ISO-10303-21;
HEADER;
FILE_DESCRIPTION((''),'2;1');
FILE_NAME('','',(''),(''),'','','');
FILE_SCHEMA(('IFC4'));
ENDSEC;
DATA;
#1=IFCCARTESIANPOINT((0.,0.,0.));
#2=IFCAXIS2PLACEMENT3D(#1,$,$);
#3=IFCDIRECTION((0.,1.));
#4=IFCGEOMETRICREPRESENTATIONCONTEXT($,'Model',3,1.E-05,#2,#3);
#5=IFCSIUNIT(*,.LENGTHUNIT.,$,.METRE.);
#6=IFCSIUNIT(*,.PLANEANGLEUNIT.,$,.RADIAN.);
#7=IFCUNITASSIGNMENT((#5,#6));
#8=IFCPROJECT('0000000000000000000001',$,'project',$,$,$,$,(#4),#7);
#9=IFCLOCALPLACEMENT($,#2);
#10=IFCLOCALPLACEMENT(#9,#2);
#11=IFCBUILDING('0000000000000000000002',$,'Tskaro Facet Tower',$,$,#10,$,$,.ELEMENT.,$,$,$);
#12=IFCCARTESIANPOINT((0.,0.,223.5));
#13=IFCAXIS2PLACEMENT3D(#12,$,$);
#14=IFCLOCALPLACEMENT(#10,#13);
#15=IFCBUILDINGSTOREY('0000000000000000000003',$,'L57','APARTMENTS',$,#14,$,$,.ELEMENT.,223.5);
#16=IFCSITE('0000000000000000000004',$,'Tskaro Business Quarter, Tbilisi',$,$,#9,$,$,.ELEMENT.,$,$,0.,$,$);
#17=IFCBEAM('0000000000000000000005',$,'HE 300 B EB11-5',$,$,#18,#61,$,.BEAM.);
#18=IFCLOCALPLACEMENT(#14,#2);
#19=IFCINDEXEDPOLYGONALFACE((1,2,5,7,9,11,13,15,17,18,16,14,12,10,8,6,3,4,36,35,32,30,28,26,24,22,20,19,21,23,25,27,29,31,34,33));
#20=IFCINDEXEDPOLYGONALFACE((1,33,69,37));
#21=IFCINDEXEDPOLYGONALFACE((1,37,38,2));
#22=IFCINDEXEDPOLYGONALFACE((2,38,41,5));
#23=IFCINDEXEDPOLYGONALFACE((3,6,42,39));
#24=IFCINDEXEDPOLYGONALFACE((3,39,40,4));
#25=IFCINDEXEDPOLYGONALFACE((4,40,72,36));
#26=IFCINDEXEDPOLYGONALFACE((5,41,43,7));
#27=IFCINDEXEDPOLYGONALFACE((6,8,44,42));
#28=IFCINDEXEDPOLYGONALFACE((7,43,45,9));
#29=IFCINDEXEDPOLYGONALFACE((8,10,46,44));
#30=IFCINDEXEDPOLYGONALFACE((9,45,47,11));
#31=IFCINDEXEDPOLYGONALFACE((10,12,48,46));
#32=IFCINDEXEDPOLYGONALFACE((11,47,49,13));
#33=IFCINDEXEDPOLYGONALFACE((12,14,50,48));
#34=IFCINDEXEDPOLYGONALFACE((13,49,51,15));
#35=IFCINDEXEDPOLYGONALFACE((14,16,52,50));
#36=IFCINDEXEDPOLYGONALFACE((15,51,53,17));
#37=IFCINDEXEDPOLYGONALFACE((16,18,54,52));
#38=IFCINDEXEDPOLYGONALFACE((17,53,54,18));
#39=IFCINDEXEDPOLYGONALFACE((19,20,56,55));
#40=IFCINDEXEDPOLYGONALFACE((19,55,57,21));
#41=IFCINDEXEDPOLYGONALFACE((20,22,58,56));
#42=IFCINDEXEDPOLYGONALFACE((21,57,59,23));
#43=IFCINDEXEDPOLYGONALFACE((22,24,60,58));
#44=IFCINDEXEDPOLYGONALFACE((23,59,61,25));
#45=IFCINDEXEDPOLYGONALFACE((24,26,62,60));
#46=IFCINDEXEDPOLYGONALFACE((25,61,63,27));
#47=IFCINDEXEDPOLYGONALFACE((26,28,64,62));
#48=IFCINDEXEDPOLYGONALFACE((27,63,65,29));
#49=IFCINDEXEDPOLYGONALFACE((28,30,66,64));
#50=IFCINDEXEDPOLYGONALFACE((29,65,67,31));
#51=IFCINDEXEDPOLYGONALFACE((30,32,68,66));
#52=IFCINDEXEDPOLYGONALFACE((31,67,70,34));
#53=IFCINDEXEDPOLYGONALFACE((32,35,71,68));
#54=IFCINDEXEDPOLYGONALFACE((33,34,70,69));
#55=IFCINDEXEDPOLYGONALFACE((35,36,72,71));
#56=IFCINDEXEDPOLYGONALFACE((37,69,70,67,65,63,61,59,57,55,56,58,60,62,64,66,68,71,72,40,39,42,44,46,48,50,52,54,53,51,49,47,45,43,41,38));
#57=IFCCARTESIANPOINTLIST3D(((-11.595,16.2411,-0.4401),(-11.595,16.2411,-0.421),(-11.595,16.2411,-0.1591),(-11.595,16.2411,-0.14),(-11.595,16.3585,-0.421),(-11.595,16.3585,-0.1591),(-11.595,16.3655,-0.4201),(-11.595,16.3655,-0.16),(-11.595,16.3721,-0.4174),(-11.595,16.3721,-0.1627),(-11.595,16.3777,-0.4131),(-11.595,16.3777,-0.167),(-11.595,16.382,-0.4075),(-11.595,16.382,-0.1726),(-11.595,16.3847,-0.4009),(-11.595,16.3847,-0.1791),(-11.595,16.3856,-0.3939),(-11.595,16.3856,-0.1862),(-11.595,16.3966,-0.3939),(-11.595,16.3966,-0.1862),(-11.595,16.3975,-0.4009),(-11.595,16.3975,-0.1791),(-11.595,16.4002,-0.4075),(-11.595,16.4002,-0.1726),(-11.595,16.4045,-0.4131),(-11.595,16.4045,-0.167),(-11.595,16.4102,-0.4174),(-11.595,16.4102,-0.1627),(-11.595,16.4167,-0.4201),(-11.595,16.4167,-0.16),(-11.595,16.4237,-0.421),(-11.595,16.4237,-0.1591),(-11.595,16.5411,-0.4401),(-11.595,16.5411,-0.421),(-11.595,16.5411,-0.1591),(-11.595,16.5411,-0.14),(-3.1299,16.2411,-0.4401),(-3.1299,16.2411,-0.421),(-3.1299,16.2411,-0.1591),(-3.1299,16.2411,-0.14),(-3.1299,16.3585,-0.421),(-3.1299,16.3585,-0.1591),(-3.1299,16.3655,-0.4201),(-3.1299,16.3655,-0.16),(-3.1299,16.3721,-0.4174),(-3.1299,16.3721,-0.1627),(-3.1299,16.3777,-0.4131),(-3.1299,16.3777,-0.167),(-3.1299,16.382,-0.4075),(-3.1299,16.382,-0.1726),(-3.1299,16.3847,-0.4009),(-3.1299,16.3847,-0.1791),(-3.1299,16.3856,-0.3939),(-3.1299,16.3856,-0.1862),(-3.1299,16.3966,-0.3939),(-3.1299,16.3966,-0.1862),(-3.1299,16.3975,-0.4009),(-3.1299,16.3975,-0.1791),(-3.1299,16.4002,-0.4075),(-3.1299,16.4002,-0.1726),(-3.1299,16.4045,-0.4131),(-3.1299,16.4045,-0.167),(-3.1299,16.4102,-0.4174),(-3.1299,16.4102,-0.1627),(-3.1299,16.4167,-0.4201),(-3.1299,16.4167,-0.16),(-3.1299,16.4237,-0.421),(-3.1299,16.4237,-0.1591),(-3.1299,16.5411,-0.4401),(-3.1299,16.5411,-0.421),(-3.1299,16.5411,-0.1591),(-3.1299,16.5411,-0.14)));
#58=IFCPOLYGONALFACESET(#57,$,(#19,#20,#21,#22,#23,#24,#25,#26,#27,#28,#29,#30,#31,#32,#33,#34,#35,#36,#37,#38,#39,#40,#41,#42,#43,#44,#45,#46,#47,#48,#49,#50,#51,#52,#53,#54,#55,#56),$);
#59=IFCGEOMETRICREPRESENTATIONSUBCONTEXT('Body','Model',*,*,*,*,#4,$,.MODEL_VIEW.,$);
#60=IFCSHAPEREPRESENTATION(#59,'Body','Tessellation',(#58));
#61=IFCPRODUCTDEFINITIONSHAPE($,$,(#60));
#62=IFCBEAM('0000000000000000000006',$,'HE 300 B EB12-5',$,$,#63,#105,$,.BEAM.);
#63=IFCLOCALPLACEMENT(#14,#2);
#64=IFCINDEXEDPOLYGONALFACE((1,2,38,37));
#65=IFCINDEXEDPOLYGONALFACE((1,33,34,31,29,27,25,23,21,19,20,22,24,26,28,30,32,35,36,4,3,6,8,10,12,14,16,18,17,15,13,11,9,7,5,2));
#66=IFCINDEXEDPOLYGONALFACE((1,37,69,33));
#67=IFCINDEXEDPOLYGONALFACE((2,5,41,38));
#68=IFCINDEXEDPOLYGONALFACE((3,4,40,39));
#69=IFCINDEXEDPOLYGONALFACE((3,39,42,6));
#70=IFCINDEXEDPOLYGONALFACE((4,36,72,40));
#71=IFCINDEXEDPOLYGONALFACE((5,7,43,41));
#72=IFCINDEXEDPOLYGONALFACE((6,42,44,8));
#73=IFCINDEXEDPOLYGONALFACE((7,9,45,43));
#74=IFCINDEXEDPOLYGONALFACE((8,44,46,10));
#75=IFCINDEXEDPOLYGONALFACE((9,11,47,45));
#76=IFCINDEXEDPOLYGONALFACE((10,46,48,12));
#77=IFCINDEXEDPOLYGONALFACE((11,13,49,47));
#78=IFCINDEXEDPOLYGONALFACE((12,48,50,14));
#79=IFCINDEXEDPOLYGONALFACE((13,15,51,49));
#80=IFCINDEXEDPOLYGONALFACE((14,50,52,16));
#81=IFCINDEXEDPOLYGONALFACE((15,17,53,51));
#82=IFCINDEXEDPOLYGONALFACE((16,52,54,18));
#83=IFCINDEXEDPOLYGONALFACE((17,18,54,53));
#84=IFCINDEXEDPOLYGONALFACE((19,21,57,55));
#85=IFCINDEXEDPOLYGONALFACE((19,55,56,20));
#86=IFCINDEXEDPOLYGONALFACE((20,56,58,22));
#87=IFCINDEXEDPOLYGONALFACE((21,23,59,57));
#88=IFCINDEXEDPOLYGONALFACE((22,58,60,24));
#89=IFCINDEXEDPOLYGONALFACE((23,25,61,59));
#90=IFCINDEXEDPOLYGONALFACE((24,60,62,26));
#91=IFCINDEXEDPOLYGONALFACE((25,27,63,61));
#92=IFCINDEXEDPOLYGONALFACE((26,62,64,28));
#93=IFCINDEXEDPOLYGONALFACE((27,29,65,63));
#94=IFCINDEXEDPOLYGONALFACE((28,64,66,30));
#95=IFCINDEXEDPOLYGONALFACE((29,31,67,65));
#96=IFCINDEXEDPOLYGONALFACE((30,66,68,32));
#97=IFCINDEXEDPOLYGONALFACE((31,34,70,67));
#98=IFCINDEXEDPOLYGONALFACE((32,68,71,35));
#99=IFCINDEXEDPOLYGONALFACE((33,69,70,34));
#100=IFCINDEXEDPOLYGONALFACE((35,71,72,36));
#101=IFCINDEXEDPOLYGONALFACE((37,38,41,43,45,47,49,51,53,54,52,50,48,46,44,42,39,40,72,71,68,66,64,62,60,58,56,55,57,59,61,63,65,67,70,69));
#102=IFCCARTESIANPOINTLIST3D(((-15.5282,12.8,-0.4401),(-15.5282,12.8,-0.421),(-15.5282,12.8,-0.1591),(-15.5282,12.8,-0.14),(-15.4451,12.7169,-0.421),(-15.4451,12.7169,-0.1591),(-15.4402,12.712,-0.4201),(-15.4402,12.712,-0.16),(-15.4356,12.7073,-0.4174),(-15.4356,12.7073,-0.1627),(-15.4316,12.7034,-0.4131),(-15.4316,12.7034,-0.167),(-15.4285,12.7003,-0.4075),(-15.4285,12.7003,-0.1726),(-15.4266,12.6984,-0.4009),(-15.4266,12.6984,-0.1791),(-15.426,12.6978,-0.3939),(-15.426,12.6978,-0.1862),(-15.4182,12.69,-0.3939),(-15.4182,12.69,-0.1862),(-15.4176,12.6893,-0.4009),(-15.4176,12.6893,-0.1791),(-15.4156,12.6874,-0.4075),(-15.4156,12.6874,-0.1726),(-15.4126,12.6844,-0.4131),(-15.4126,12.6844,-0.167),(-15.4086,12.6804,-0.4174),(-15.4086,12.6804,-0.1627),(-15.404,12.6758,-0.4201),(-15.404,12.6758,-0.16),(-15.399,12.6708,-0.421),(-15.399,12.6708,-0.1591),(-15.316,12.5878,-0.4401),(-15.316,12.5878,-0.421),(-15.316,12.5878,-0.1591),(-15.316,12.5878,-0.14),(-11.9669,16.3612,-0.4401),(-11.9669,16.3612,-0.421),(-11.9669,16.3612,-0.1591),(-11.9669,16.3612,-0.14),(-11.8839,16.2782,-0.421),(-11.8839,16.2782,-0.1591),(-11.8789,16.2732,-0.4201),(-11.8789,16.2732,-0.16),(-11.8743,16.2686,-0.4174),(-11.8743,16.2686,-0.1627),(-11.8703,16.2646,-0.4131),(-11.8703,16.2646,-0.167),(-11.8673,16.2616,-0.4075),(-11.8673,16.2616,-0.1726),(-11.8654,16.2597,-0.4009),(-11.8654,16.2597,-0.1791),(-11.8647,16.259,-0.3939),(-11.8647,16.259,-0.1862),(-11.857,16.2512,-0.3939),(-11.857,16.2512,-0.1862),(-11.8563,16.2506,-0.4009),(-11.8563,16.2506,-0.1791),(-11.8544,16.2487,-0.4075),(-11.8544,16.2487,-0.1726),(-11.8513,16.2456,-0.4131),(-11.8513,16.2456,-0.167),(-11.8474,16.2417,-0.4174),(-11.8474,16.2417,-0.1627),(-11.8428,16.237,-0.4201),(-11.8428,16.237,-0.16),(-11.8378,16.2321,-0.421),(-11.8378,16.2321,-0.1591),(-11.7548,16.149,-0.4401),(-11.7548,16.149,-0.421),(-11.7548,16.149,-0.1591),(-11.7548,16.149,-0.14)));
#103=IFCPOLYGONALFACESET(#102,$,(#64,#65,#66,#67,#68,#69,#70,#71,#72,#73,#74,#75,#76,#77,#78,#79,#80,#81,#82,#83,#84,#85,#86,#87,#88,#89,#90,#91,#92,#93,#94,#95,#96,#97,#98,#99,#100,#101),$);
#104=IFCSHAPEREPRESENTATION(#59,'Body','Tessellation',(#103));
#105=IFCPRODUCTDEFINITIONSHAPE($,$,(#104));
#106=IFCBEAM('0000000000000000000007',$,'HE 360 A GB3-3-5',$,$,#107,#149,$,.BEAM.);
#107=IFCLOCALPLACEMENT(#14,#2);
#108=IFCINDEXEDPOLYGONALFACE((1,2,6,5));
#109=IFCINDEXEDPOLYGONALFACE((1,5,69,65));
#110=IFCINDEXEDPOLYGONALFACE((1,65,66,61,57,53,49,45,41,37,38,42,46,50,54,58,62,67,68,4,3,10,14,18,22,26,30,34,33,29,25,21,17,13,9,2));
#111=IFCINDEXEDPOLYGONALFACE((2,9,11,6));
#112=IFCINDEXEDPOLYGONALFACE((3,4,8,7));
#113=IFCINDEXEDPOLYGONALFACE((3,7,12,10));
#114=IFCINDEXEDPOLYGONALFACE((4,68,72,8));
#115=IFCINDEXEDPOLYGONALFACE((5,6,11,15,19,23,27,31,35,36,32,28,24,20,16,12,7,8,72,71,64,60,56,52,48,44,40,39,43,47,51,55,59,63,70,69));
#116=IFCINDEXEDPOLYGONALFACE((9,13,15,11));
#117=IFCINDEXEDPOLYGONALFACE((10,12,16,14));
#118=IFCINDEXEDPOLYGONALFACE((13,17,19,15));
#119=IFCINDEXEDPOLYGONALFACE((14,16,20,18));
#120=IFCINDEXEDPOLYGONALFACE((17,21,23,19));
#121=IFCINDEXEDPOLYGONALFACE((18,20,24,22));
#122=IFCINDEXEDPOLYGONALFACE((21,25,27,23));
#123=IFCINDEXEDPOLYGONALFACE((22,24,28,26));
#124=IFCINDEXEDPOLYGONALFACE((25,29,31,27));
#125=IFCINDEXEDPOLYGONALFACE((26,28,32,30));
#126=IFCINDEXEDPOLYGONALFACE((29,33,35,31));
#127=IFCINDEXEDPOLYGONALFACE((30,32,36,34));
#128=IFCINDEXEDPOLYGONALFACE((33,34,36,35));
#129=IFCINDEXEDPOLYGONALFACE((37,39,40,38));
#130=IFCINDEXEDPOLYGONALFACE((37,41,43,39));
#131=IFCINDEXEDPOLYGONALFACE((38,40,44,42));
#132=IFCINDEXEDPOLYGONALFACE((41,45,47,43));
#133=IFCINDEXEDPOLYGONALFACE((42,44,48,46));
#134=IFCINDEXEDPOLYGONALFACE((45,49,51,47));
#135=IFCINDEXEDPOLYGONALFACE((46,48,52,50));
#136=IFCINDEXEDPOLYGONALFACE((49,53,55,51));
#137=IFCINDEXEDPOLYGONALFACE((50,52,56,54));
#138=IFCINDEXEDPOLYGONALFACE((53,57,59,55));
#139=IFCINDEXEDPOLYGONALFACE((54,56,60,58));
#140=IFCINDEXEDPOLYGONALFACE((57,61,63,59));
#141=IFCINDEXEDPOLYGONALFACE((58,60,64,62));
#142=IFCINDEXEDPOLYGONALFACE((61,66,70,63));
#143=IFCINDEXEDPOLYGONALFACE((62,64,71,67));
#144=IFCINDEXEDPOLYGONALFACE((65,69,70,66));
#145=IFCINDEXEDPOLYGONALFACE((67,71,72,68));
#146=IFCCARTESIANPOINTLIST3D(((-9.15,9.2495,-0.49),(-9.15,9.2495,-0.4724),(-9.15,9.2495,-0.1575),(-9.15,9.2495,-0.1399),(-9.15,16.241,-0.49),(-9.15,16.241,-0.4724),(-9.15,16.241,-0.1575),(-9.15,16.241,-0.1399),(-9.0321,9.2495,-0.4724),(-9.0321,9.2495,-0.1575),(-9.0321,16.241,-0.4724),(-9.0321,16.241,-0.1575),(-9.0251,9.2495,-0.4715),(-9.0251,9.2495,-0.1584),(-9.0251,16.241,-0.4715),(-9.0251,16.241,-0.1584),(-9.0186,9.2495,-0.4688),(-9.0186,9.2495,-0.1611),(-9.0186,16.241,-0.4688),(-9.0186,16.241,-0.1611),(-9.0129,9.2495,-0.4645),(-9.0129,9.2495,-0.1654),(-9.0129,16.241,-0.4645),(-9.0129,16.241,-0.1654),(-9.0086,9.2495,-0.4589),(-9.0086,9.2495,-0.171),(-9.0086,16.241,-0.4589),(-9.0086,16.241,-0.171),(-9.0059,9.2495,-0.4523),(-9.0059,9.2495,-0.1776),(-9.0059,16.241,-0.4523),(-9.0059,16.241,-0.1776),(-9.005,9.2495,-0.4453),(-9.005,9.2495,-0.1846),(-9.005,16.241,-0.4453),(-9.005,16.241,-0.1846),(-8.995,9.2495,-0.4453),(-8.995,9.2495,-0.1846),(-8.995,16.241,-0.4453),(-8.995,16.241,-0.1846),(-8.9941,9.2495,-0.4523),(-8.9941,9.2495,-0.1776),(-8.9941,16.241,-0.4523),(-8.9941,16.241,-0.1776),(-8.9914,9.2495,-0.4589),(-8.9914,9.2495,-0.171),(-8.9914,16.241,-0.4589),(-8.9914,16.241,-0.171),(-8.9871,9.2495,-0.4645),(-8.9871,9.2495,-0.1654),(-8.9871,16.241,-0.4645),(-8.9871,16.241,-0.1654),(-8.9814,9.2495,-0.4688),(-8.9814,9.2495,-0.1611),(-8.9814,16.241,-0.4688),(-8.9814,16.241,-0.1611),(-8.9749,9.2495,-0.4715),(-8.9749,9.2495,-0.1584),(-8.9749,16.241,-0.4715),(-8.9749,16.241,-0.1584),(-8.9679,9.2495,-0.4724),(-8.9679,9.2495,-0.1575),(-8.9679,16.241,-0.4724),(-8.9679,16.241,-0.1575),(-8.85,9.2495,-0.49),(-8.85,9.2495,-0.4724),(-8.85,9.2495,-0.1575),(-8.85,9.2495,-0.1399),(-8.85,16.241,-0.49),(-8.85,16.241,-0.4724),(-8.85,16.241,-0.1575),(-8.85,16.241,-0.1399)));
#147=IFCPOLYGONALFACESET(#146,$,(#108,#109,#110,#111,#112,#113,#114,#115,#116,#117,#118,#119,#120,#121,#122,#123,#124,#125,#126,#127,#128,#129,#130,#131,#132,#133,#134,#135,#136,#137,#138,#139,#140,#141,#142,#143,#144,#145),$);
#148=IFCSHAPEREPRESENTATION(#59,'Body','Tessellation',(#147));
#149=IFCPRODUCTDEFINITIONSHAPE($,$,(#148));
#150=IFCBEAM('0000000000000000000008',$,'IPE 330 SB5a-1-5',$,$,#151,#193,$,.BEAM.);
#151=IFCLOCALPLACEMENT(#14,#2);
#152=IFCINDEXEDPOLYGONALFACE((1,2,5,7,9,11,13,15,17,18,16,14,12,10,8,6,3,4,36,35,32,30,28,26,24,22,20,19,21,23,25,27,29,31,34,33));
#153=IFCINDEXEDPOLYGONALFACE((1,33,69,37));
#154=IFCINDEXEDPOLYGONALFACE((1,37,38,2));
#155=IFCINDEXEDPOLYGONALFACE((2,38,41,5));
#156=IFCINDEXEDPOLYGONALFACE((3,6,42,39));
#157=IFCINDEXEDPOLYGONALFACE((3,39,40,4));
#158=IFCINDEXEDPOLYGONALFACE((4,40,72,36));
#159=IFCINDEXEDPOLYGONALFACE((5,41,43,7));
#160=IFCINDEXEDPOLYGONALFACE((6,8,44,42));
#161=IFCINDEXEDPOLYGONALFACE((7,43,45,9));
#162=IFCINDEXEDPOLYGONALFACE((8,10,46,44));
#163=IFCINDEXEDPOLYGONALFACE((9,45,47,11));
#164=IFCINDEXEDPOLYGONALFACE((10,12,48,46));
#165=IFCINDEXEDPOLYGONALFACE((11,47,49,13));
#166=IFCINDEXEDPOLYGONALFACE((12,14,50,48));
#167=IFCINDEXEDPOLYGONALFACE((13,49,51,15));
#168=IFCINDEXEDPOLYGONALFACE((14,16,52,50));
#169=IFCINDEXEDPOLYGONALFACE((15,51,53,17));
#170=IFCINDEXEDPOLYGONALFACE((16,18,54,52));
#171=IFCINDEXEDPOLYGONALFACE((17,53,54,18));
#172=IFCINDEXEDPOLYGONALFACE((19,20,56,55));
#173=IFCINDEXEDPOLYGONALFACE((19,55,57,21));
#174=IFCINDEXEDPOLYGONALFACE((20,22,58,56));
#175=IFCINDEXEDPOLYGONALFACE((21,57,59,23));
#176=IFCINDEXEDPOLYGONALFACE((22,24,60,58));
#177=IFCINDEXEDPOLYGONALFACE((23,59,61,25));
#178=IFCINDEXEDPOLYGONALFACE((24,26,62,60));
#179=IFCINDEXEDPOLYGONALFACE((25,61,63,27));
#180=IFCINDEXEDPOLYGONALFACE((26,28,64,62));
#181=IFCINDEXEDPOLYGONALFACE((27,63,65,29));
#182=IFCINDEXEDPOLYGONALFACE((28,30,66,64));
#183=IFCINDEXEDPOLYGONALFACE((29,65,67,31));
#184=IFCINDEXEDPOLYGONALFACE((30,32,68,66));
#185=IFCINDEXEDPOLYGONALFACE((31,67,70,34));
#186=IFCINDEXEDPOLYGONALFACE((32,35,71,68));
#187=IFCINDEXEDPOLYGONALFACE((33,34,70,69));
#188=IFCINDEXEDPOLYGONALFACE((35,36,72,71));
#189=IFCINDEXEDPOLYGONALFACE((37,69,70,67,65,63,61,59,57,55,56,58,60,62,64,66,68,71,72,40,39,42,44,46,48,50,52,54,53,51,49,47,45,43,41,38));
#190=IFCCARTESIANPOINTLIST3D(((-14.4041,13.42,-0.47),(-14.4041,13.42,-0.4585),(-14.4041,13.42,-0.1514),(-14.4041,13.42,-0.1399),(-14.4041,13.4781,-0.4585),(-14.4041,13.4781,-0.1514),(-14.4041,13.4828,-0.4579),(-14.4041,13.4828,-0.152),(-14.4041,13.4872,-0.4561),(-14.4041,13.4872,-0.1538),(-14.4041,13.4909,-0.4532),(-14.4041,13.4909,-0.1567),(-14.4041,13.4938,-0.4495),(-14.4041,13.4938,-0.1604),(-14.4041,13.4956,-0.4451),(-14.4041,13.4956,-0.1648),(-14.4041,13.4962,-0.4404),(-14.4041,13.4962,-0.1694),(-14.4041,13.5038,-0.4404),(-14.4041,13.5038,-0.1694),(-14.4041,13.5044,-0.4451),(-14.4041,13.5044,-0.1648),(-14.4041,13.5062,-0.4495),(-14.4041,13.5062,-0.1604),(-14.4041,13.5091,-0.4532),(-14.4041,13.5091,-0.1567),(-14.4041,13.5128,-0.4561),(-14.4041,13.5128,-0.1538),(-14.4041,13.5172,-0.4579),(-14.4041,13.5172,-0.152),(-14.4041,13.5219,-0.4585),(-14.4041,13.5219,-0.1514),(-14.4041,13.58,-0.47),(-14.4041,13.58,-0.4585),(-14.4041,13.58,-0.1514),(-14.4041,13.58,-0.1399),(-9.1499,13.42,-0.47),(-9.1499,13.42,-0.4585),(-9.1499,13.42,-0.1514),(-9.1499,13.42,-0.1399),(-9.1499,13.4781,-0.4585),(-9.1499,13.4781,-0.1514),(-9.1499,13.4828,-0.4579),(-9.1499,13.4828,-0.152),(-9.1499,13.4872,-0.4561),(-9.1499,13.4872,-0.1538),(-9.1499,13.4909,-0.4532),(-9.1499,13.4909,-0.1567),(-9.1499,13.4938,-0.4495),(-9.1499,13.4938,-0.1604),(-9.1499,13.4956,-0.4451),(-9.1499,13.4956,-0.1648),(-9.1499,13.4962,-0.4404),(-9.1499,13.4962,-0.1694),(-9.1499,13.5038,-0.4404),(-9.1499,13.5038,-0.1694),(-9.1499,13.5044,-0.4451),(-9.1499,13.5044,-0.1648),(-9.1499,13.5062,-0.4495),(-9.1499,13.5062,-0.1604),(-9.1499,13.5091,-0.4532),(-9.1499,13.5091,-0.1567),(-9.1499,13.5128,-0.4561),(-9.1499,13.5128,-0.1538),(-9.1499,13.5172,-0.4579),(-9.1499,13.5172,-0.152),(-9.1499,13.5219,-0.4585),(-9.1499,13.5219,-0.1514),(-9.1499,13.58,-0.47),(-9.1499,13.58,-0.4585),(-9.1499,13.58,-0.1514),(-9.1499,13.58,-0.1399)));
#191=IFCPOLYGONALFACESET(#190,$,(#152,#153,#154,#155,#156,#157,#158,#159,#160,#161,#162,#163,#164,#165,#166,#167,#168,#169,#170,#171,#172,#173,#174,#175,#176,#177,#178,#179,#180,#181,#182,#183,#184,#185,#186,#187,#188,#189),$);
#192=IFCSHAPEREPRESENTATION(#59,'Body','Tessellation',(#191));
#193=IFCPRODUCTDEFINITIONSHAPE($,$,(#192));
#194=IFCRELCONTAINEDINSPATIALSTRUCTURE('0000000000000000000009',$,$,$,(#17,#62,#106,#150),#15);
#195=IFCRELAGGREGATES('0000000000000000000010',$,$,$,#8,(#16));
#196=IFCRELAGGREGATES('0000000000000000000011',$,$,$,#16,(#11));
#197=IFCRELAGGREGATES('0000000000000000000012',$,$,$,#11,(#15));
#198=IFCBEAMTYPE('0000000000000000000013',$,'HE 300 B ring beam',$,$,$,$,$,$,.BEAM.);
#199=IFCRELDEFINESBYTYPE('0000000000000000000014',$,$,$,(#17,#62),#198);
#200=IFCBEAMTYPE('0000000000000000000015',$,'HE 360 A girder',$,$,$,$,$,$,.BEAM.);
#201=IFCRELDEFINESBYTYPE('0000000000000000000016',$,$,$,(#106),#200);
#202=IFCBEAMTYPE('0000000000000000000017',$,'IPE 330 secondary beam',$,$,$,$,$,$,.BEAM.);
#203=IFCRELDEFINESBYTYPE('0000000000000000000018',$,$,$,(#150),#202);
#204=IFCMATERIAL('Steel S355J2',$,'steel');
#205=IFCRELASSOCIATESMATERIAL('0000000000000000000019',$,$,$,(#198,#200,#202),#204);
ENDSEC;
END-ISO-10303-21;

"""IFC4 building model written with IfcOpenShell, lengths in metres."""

from ifc_helpers import new_model, si_unit, direction, frame, origin, origin_2d, place, context, subcontext, project, spatial, i_section, extrude, material, material_profile, profile_set, type_object, element, save


model = new_model("IFC4")

# Units and contexts
model_context = context("Model", 3, precision=1e-05, world=origin(), true_north=direction((0.0, 1.0)))
body_context = subcontext(model_context, "Body", "Model", "MODEL_VIEW")
ifc_project = project(units=[si_unit("LENGTHUNIT", "METRE"), si_unit("PLANEANGLEUNIT", "RADIAN")], contexts=[model_context])

# Site, building, storey
site_placement = place(None, origin())
site = spatial("IfcSite", under=ifc_project, at=site_placement, Name="Tskaro Business Quarter, Tbilisi", CompositionType="ELEMENT", RefElevation=0.0)
building_placement = place(site_placement, origin())
building = spatial("IfcBuilding", under=site, at=building_placement, Name="Tskaro Facet Tower", CompositionType="ELEMENT")
storey_placement = place(building_placement, frame((0.0, 0.0, 223.5)))
storey = spatial("IfcBuildingStorey", under=building, at=storey_placement, Name="L57", Description="APARTMENTS", CompositionType="ELEMENT", Elevation=223.5)

# Beams
ifc_material_1 = material(Name="Steel S355J2", Category="steel")
ifc_material_profile_1 = material_profile(ifc_material_1, i_section(OverallWidth=0.3, OverallDepth=0.3, WebThickness=0.011, FlangeThickness=0.019, FilletRadius=0.0271, at=origin_2d()), Name="HE 300 B")
ifc_profile_set_1 = profile_set([ifc_material_profile_1], Name="Steel S355J2")
beam_type_1 = type_object("IfcBeamType", Name="HE 300 B ring beam", PredefinedType="BEAM", material=ifc_profile_set_1)
beam_1_placement = place(storey_placement, frame((-3.1299, 16.3911, -0.29), z_axis=(-1.0, 0.0, 0.0), x_axis=(0.0, -1.0, 0.0)))
element("IfcBeam", 1, at=beam_1_placement, inside=storey, type_object=beam_type_1, Name="HE 300 B EB11-5", PredefinedType="BEAM", context=body_context, shape_type="SweptSolid", body=[
    extrude(i_section(OverallWidth=0.3, OverallDepth=0.3, WebThickness=0.011, FlangeThickness=0.019, FilletRadius=0.0271, at=origin_2d()), origin(), (0.0, 0.0, 1.0), 8.4651),
])
beam_2_placement = place(storey_placement, frame((-11.8608, 16.2551, -0.29), z_axis=(-0.707107, -0.707107, 0.0), x_axis=(0.707107, -0.707107, 0.0)))
element("IfcBeam", 2, at=beam_2_placement, inside=storey, type_object=beam_type_1, Name="HE 300 B EB12-5", PredefinedType="BEAM", context=body_context, shape_type="SweptSolid", body=[
    extrude(i_section(OverallWidth=0.3, OverallDepth=0.3, WebThickness=0.011, FlangeThickness=0.019, FilletRadius=0.0271, at=origin_2d()), origin(), (0.0, 0.0, 1.0), 5.0364),
])
ifc_material_profile_2 = material_profile(ifc_material_1, i_section(OverallWidth=0.3, OverallDepth=0.3501, WebThickness=0.01, FlangeThickness=0.0176, FilletRadius=0.0271, at=origin_2d()), Name="HE 360 A")
ifc_profile_set_2 = profile_set([ifc_material_profile_2], Name="Steel S355J2")
beam_type_2 = type_object("IfcBeamType", Name="HE 360 A girder", PredefinedType="BEAM", material=ifc_profile_set_2)
beam_3_placement = place(storey_placement, frame((-9.0, 9.2495, -0.3149), z_axis=(0.0, 1.0, 0.0), x_axis=(-1.0, 0.0, 0.0)))
element("IfcBeam", 3, at=beam_3_placement, inside=storey, type_object=beam_type_2, Name="HE 360 A GB3-3-5", PredefinedType="BEAM", context=body_context, shape_type="SweptSolid", body=[
    extrude(i_section(OverallWidth=0.3, OverallDepth=0.3501, WebThickness=0.01, FlangeThickness=0.0176, FilletRadius=0.0271, at=origin_2d()), origin(), (0.0, 0.0, 1.0), 6.9915),
])
ifc_material_profile_3 = material_profile(ifc_material_1, i_section(OverallWidth=0.1599, OverallDepth=0.3301, WebThickness=0.0076, FlangeThickness=0.0115, FilletRadius=0.0181, at=origin_2d()), Name="IPE 330")
ifc_profile_set_3 = profile_set([ifc_material_profile_3], Name="Steel S355J2")
beam_type_3 = type_object("IfcBeamType", Name="IPE 330 secondary beam", PredefinedType="BEAM", material=ifc_profile_set_3)
beam_4_placement = place(storey_placement, frame((-14.4041, 13.5, -0.3049), z_axis=(1.0, 0.0, 0.0), x_axis=(0.0, 1.0, 0.0)))
element("IfcBeam", 4, at=beam_4_placement, inside=storey, type_object=beam_type_3, Name="IPE 330 SB5a-1-5", PredefinedType="BEAM", context=body_context, shape_type="SweptSolid", body=[
    extrude(i_section(OverallWidth=0.1599, OverallDepth=0.3301, WebThickness=0.0076, FlangeThickness=0.0115, FilletRadius=0.0181, at=origin_2d()), origin(), (0.0, 0.0, 1.0), 5.2542),
])

save(model, "model.ifc")
